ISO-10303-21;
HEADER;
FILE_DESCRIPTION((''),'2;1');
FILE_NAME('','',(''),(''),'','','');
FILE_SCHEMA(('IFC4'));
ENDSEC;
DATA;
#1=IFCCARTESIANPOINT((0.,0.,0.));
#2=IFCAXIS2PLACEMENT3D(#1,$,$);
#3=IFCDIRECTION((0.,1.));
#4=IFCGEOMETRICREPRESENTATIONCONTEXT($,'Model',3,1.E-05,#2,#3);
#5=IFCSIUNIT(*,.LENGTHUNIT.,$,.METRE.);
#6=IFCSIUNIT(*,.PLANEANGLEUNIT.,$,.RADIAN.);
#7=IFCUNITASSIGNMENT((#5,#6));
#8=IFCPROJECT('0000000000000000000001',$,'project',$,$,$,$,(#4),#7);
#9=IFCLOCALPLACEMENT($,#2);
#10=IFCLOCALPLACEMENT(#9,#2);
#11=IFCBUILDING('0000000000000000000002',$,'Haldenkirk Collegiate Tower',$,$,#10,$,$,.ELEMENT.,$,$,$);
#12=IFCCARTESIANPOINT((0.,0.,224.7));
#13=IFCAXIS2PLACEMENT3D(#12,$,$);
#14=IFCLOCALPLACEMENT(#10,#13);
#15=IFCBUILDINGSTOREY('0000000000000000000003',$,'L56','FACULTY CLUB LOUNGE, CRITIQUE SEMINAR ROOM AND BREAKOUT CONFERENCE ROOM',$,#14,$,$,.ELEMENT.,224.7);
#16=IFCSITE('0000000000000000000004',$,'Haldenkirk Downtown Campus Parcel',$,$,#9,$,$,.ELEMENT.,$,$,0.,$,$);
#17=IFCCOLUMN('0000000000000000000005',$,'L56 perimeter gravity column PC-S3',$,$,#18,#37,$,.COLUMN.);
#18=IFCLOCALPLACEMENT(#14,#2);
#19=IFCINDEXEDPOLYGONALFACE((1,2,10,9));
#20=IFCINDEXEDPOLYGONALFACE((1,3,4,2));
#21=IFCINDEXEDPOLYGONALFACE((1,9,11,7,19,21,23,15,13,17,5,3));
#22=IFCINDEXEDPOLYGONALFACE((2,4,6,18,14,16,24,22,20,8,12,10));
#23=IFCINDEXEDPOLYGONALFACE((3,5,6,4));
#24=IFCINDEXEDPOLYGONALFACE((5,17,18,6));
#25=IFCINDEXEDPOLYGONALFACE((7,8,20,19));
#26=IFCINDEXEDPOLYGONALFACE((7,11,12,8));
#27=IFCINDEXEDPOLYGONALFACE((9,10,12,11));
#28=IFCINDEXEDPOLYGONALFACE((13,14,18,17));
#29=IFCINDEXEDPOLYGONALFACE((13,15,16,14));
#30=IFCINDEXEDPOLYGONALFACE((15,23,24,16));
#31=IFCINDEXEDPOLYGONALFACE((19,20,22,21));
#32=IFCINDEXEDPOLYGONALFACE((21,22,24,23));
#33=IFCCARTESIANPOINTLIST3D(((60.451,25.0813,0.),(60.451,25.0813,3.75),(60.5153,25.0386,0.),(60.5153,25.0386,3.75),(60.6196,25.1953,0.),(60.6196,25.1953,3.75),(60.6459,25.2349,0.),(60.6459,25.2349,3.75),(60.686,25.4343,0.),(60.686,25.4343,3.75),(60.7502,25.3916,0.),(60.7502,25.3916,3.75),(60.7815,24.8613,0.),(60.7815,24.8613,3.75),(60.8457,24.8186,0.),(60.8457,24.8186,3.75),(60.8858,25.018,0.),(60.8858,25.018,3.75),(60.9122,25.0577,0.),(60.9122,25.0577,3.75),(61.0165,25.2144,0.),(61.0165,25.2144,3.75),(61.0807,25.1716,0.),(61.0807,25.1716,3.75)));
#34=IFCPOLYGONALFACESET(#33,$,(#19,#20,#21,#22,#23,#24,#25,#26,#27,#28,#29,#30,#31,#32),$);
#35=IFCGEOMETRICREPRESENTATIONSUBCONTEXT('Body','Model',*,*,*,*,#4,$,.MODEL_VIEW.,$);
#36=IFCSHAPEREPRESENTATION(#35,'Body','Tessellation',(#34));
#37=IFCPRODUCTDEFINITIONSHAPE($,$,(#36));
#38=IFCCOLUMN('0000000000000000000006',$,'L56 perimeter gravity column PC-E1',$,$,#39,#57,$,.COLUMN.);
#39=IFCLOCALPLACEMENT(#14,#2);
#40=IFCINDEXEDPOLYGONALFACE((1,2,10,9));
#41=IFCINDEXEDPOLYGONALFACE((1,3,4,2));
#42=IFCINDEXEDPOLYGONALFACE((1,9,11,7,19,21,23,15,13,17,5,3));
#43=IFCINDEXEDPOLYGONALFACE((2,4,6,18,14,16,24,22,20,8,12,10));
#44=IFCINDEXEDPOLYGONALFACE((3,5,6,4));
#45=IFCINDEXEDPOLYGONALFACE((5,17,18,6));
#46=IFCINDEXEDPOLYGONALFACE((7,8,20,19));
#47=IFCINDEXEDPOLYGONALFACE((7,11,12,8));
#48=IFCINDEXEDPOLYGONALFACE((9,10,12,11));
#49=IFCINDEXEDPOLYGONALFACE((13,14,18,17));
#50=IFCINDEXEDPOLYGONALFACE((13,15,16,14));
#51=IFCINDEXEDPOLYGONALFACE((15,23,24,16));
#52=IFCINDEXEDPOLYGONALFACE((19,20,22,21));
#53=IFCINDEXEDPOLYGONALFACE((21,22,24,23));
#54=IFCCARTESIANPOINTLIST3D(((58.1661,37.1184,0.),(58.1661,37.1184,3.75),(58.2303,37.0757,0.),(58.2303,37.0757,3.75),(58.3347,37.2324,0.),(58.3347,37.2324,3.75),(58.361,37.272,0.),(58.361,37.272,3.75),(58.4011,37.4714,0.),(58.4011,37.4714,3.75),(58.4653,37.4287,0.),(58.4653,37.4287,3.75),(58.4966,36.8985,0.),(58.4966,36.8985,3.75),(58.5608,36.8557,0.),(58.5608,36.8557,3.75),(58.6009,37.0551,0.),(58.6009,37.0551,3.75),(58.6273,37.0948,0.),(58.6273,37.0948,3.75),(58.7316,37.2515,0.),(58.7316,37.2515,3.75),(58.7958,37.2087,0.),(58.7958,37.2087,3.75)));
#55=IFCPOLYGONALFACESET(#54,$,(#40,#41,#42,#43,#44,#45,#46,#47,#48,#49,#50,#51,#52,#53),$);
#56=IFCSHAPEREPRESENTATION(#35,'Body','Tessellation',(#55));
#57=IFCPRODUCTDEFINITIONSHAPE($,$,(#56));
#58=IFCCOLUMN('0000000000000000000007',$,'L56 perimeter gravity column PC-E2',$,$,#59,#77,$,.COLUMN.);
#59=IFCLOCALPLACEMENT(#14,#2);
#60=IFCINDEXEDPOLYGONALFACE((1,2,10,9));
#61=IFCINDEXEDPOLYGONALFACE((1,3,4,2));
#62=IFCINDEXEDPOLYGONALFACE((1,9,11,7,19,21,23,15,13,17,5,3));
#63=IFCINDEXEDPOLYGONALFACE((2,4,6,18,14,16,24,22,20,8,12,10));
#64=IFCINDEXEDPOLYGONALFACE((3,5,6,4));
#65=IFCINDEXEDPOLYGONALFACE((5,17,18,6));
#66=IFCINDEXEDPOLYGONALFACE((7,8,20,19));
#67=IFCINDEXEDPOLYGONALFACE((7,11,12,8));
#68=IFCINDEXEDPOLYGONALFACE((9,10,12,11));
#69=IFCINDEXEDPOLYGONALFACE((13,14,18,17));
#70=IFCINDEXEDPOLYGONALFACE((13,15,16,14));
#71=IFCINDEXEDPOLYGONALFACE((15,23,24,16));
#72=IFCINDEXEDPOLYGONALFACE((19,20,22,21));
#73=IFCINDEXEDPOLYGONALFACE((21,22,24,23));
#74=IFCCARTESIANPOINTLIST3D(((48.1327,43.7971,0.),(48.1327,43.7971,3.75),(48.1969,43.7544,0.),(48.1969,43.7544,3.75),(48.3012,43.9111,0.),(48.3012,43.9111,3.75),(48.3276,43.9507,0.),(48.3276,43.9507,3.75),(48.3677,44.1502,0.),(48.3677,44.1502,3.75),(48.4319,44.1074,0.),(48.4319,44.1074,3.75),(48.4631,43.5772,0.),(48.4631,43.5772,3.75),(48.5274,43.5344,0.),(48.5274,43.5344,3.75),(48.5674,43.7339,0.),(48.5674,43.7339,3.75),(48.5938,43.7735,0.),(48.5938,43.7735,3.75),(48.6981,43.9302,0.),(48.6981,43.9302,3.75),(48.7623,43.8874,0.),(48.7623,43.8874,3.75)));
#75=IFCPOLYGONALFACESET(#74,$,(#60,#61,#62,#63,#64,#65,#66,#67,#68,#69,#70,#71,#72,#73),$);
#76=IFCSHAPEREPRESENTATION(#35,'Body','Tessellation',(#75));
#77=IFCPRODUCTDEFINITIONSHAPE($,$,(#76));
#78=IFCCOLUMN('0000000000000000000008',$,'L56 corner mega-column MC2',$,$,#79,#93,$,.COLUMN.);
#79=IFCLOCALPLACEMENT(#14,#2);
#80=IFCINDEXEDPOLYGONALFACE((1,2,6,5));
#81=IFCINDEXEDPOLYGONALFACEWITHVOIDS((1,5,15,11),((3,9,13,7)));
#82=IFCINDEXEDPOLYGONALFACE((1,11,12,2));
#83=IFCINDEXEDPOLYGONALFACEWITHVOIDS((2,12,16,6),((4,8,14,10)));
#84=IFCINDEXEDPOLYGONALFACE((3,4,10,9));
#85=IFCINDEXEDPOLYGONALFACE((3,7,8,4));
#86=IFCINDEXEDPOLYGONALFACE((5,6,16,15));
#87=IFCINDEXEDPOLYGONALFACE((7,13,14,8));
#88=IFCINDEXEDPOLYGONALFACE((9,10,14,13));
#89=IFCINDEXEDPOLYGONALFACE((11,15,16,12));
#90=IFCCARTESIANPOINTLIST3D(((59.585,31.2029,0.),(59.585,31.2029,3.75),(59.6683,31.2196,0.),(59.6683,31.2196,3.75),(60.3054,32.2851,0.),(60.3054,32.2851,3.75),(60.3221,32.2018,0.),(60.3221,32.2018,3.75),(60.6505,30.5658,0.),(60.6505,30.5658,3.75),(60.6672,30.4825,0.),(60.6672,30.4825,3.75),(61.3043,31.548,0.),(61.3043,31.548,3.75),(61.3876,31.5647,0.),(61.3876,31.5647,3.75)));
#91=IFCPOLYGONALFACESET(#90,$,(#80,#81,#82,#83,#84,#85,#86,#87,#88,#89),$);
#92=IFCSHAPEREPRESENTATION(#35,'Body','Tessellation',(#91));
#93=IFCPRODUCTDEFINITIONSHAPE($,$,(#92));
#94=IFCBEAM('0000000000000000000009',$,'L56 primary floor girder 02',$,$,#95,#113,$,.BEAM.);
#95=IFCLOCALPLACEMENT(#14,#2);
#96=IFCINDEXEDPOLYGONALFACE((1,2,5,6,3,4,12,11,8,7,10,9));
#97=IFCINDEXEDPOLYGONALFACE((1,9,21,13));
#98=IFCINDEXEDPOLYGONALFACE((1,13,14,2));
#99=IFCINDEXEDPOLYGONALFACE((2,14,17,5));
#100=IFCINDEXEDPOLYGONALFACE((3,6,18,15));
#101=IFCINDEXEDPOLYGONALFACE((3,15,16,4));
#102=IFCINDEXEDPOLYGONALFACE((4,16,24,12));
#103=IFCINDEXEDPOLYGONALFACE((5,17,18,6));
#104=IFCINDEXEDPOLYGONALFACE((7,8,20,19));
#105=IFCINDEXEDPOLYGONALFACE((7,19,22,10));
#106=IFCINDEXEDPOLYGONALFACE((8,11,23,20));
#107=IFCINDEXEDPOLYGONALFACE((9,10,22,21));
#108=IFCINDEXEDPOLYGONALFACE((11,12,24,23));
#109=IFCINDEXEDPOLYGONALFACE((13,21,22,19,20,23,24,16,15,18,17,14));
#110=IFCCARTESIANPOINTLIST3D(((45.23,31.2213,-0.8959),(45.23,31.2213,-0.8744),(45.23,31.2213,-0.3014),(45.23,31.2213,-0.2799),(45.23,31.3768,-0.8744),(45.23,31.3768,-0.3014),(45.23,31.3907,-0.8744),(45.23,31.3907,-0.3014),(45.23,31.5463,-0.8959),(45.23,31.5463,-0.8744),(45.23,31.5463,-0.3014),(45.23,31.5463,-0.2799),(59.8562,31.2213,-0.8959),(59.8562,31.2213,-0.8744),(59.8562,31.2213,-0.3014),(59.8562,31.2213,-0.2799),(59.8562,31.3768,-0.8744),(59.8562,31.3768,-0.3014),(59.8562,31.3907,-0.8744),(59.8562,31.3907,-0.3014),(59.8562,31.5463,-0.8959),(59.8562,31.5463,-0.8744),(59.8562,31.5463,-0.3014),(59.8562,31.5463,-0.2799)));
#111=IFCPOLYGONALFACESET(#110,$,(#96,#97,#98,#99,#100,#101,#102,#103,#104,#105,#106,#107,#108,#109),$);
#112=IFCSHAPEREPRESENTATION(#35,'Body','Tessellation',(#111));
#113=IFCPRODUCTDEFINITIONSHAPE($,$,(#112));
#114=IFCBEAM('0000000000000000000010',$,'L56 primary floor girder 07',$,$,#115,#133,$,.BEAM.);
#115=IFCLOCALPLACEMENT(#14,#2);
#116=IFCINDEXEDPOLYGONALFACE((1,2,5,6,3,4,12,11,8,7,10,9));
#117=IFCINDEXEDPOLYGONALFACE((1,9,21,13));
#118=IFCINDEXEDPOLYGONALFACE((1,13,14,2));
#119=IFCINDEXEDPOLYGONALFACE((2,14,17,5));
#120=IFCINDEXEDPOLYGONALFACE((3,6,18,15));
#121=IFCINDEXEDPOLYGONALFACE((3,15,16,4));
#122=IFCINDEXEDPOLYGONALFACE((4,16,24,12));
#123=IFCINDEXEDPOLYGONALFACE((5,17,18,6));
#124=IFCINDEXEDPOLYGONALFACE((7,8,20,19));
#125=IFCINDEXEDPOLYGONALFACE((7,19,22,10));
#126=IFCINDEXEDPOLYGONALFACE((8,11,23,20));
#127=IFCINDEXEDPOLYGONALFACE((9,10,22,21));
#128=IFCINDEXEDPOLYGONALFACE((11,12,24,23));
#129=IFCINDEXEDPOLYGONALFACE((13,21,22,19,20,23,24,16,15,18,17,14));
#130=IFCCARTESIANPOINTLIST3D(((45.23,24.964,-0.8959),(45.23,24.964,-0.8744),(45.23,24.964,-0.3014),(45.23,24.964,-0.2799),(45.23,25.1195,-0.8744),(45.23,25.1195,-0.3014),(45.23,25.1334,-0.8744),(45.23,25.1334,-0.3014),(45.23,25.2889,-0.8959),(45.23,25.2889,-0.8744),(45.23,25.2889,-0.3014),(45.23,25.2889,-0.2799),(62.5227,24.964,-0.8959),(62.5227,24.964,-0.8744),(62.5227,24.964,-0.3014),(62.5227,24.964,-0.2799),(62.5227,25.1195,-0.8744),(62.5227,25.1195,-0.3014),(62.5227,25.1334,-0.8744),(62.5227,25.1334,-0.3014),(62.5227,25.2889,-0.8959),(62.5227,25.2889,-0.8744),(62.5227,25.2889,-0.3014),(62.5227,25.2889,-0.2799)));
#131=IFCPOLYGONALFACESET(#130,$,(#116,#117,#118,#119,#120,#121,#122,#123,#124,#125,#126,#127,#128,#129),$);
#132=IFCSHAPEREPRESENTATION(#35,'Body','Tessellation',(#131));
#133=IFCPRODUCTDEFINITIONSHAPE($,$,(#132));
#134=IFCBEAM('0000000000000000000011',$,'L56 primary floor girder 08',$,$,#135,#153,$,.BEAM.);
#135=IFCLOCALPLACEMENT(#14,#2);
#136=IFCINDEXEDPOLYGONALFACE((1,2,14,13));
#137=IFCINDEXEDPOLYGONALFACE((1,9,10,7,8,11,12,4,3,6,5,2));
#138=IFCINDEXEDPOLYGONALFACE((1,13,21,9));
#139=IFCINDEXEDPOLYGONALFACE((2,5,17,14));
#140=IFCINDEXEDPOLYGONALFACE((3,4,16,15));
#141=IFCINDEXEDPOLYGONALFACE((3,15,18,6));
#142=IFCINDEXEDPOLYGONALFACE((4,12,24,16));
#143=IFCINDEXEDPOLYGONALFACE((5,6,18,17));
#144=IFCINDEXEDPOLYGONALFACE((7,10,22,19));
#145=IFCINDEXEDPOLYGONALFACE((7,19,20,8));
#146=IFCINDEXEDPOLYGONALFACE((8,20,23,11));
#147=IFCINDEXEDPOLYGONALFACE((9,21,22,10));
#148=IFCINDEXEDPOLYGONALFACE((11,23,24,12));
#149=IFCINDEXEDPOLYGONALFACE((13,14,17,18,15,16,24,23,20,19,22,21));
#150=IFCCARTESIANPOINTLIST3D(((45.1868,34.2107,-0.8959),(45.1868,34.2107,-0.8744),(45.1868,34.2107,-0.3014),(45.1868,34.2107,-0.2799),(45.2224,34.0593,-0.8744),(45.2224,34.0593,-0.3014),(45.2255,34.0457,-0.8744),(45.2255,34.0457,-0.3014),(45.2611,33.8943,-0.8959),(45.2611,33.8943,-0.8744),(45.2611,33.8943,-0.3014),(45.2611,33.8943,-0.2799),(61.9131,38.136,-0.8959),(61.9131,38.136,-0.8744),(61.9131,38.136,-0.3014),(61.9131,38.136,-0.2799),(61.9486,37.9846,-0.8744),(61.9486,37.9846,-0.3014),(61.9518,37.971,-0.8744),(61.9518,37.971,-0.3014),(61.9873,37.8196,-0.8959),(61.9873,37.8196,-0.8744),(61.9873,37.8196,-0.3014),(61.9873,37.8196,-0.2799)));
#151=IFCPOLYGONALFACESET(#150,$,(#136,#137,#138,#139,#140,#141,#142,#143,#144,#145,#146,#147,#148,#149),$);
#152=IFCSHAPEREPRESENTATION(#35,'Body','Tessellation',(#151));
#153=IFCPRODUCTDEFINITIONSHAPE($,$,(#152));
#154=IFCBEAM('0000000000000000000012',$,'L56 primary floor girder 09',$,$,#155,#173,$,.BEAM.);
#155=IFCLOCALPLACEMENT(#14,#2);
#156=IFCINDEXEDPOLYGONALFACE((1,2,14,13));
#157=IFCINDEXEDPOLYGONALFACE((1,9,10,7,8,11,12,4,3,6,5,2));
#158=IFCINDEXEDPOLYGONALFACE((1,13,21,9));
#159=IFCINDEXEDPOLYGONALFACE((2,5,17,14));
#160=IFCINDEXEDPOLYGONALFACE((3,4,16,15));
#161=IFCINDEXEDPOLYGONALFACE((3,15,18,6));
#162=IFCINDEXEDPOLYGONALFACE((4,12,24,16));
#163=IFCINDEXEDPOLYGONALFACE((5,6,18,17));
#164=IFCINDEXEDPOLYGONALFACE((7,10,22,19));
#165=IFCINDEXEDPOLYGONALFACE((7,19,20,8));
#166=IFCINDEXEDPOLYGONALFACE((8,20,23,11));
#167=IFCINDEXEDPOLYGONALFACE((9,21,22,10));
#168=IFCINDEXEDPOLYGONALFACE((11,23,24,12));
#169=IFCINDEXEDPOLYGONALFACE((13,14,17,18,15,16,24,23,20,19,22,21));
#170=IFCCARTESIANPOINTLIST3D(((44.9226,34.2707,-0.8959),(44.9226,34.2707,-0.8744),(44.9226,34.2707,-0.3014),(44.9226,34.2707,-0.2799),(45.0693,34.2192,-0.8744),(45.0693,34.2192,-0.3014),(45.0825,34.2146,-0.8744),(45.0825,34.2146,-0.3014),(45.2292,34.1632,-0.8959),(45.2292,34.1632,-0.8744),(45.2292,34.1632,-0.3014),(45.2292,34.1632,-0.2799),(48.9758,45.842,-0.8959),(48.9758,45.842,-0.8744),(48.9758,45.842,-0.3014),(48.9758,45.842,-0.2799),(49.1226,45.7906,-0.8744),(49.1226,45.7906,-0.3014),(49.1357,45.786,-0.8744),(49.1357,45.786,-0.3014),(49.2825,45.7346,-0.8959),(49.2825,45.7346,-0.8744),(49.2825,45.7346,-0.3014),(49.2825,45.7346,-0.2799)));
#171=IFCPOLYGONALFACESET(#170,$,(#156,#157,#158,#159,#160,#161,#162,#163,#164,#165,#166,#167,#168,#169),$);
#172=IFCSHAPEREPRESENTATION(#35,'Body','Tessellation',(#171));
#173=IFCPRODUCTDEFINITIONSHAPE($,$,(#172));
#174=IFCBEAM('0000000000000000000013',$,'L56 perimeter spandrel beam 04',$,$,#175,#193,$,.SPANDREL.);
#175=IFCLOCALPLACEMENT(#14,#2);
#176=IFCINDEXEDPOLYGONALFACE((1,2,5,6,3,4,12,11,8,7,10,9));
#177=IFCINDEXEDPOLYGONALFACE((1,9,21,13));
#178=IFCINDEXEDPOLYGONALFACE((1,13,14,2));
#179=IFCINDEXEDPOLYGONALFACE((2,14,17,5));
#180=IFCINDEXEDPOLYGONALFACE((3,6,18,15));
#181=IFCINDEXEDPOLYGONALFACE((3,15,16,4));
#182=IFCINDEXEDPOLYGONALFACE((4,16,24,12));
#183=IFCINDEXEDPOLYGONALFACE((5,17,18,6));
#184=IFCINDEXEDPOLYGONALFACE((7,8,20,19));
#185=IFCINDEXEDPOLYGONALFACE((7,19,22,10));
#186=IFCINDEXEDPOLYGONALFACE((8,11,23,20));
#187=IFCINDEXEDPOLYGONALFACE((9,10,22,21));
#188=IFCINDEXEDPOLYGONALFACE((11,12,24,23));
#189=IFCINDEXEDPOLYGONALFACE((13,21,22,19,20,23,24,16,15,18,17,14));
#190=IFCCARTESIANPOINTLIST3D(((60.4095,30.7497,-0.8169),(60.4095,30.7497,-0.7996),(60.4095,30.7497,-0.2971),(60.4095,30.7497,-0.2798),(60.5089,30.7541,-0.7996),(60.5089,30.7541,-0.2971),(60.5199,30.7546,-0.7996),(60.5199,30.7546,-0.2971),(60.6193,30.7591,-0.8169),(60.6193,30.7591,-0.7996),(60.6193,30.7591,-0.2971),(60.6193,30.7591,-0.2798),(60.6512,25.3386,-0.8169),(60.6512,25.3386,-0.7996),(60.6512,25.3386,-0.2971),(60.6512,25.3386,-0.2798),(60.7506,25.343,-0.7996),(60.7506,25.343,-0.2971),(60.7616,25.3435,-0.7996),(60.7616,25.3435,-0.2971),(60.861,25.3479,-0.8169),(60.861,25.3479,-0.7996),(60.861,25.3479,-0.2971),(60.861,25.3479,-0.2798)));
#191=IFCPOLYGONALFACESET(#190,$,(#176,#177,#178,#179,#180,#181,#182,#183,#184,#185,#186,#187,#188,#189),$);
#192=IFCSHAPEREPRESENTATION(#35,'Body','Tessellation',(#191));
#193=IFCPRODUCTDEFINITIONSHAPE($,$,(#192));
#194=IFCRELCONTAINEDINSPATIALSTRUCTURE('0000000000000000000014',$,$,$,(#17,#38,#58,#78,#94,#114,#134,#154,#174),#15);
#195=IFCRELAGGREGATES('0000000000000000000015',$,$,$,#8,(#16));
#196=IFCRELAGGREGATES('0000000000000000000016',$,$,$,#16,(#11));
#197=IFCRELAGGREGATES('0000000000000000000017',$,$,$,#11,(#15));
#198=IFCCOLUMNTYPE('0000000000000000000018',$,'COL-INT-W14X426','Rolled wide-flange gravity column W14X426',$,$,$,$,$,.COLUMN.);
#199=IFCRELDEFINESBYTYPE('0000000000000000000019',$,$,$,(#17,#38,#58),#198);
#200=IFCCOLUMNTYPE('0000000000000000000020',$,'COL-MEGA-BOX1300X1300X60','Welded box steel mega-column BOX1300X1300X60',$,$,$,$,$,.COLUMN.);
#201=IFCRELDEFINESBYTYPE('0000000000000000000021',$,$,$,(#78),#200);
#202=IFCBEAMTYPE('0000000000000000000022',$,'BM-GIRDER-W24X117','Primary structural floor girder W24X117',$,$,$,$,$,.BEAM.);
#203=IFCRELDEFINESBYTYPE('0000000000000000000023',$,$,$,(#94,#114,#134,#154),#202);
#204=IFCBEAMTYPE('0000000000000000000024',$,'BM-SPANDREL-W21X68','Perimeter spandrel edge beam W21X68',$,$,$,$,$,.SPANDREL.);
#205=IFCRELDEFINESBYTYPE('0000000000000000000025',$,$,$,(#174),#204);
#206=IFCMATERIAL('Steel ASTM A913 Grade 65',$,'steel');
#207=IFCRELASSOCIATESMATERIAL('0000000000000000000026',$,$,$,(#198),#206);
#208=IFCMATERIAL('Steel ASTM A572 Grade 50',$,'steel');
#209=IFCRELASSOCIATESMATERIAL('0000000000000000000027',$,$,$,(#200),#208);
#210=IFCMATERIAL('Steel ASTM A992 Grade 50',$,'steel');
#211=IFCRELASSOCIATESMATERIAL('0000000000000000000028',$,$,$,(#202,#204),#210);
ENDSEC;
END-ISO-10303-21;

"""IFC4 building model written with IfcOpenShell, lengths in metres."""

from ifc_helpers import new_model, si_unit, direction, frame, origin, origin_2d, place, context, subcontext, project, spatial, hollow_rectangle, i_section, extrude, material, material_profile, profile_set, type_object, element, save


model = new_model("IFC4")

# Units and contexts
model_context = context("Model", 3, precision=1e-05, world=origin(), true_north=direction((0.0, 1.0)))
body_context = subcontext(model_context, "Body", "Model", "MODEL_VIEW")
ifc_project = project(units=[si_unit("LENGTHUNIT", "METRE"), si_unit("PLANEANGLEUNIT", "RADIAN")], contexts=[model_context])

# Site, building, storey
site_placement = place(None, origin())
site = spatial("IfcSite", under=ifc_project, at=site_placement, Name="Haldenkirk Downtown Campus Parcel", CompositionType="ELEMENT", RefElevation=0.0)
building_placement = place(site_placement, origin())
building = spatial("IfcBuilding", under=site, at=building_placement, Name="Haldenkirk Collegiate Tower", CompositionType="ELEMENT")
storey_placement = place(building_placement, frame((0.0, 0.0, 224.7)))
storey = spatial("IfcBuildingStorey", under=building, at=storey_placement, Name="L56", Description="FACULTY CLUB LOUNGE, CRITIQUE SEMINAR ROOM AND BREAKOUT CONFERENCE ROOM", CompositionType="ELEMENT", Elevation=224.7)

# Columns
ifc_material_1 = material(Name="Steel ASTM A913 Grade 65", Category="steel")
ifc_material_profile_1 = material_profile(ifc_material_1, i_section(OverallWidth=0.4241, OverallDepth=0.4741, WebThickness=0.0476, FlangeThickness=0.0771, at=origin_2d()), Name="W14X426")
ifc_profile_set_1 = profile_set([ifc_material_profile_1], Name="Steel ASTM A913 Grade 65")
column_type_1 = type_object("IfcColumnType", Name="COL-INT-W14X426", Description="Rolled wide-flange gravity column W14X426", PredefinedType="COLUMN", material=ifc_profile_set_1)
for number, where, z_axis, x_axis, name in (
    (1, (60.7659, 25.1265, 0.0), (0.0, 0.0, 1.0), (0.554118, 0.832438, 0.0), "L56 perimeter gravity column PC-S3"),
    (2, (58.481, 37.1636, 0.0), (0.0, 0.0, 1.0), (0.554118, 0.832438, 0.0), "L56 perimeter gravity column PC-E1"),
    (3, (48.4475, 43.8423, 0.0), (0.0, 0.0, 1.0), (0.554118, 0.832438, 0.0), "L56 perimeter gravity column PC-E2"),
):
    element("IfcColumn", number, at=place(storey_placement, frame(where, z_axis=z_axis, x_axis=x_axis)), inside=storey, type_object=column_type_1, Name=name, PredefinedType="COLUMN", context=body_context, shape_type="SweptSolid", body=[
        extrude(i_section(OverallWidth=0.4241, OverallDepth=0.4741, WebThickness=0.0476, FlangeThickness=0.0771, at=origin_2d()), origin(), (0.0, 0.0, 1.0), 3.75),
    ])
ifc_material_2 = material(Name="Steel ASTM A572 Grade 50", Category="steel")
ifc_material_profile_2 = material_profile(ifc_material_2, hollow_rectangle(XDim=1.3, YDim=1.3, WallThickness=0.0601, at=origin_2d()), Name="BOX1300X1300X60")
ifc_profile_set_2 = profile_set([ifc_material_profile_2], Name="Steel ASTM A572 Grade 50")
column_type_2 = type_object("IfcColumnType", Name="COL-MEGA-BOX1300X1300X60", Description="Welded box steel mega-column BOX1300X1300X60", PredefinedType="COLUMN", material=ifc_profile_set_2)
column_placement = place(storey_placement, frame((60.4863, 31.3838, 0.0), z_axis=(0.0, 0.0, 1.0), x_axis=(0.554118, 0.832438, 0.0)))
element("IfcColumn", 4, at=column_placement, inside=storey, type_object=column_type_2, Name="L56 corner mega-column MC2", PredefinedType="COLUMN", context=body_context, shape_type="SweptSolid", body=[
    extrude(hollow_rectangle(XDim=1.3, YDim=1.3, WallThickness=0.0601, at=origin_2d()), origin(), (0.0, 0.0, 1.0), 3.75),
])

# Beams
ifc_material_3 = material(Name="Steel ASTM A992 Grade 50", Category="steel")
ifc_material_profile_3 = material_profile(ifc_material_3, i_section(OverallWidth=0.325, OverallDepth=0.616, WebThickness=0.0139, FlangeThickness=0.0215, at=origin_2d()), Name="W24X117")
ifc_profile_set_3 = profile_set([ifc_material_profile_3], Name="Steel ASTM A992 Grade 50")
beam_type_1 = type_object("IfcBeamType", Name="BM-GIRDER-W24X117", Description="Primary structural floor girder W24X117", PredefinedType="BEAM", material=ifc_profile_set_3)
beam_1_placement = place(storey_placement, frame((59.8562, 31.3838, -0.5879), z_axis=(-1.0, 0.0, 0.0), x_axis=(0.0, -1.0, 0.0)))
element("IfcBeam", 5, at=beam_1_placement, inside=storey, type_object=beam_type_1, Name="L56 primary floor girder 02", PredefinedType="BEAM", context=body_context, shape_type="SweptSolid", body=[
    extrude(i_section(OverallWidth=0.325, OverallDepth=0.616, WebThickness=0.0139, FlangeThickness=0.0215, at=origin_2d()), origin(), (0.0, 0.0, 1.0), 14.6262),
])
beam_2_placement = place(storey_placement, frame((62.5227, 25.1265, -0.5879), z_axis=(-1.0, 0.0, 0.0), x_axis=(0.0, -1.0, 0.0)))
element("IfcBeam", 6, at=beam_2_placement, inside=storey, type_object=beam_type_1, Name="L56 primary floor girder 07", PredefinedType="BEAM", context=body_context, shape_type="SweptSolid", body=[
    extrude(i_section(OverallWidth=0.325, OverallDepth=0.616, WebThickness=0.0139, FlangeThickness=0.0215, at=origin_2d()), origin(), (0.0, 0.0, 1.0), 17.2927),
])
beam_3_placement = place(storey_placement, frame((61.9502, 37.9778, -0.5879), z_axis=(-0.973551, -0.228471, 0.0), x_axis=(0.228471, -0.973551, 0.0)))
element("IfcBeam", 7, at=beam_3_placement, inside=storey, type_object=beam_type_1, Name="L56 primary floor girder 08", PredefinedType="BEAM", context=body_context, shape_type="SweptSolid", body=[
    extrude(i_section(OverallWidth=0.325, OverallDepth=0.616, WebThickness=0.0139, FlangeThickness=0.0215, at=origin_2d()), origin(), (0.0, 0.0, 1.0), 17.1807),
])
beam_4_placement = place(storey_placement, frame((49.1292, 45.7883, -0.5879), z_axis=(-0.330588, -0.943775, 0.0), x_axis=(0.943775, -0.330588, 0.0)))
element("IfcBeam", 8, at=beam_4_placement, inside=storey, type_object=beam_type_1, Name="L56 primary floor girder 09", PredefinedType="BEAM", context=body_context, shape_type="SweptSolid", body=[
    extrude(i_section(OverallWidth=0.325, OverallDepth=0.616, WebThickness=0.0139, FlangeThickness=0.0215, at=origin_2d()), origin(), (0.0, 0.0, 1.0), 12.2607),
])
ifc_material_profile_4 = material_profile(ifc_material_3, i_section(OverallWidth=0.21, OverallDepth=0.5371, WebThickness=0.011, FlangeThickness=0.0173, at=origin_2d()), Name="W21X68")
ifc_profile_set_4 = profile_set([ifc_material_profile_4], Name="Steel ASTM A992 Grade 50")
beam_type_2 = type_object("IfcBeamType", Name="BM-SPANDREL-W21X68", Description="Perimeter spandrel edge beam W21X68", PredefinedType="SPANDREL", material=ifc_profile_set_4)
beam_5_placement = place(storey_placement, frame((60.7561, 25.3433, -0.5483), z_axis=(-0.044623, 0.999004, 0.0), x_axis=(-0.999004, -0.044623, 0.0)))
element("IfcBeam", 9, at=beam_5_placement, inside=storey, type_object=beam_type_2, Name="L56 perimeter spandrel beam 04", PredefinedType="SPANDREL", context=body_context, shape_type="SweptSolid", body=[
    extrude(i_section(OverallWidth=0.21, OverallDepth=0.5371, WebThickness=0.011, FlangeThickness=0.0173, at=origin_2d()), origin(), (0.0, 0.0, 1.0), 5.4165),
])

save(model, "model.ifc")
